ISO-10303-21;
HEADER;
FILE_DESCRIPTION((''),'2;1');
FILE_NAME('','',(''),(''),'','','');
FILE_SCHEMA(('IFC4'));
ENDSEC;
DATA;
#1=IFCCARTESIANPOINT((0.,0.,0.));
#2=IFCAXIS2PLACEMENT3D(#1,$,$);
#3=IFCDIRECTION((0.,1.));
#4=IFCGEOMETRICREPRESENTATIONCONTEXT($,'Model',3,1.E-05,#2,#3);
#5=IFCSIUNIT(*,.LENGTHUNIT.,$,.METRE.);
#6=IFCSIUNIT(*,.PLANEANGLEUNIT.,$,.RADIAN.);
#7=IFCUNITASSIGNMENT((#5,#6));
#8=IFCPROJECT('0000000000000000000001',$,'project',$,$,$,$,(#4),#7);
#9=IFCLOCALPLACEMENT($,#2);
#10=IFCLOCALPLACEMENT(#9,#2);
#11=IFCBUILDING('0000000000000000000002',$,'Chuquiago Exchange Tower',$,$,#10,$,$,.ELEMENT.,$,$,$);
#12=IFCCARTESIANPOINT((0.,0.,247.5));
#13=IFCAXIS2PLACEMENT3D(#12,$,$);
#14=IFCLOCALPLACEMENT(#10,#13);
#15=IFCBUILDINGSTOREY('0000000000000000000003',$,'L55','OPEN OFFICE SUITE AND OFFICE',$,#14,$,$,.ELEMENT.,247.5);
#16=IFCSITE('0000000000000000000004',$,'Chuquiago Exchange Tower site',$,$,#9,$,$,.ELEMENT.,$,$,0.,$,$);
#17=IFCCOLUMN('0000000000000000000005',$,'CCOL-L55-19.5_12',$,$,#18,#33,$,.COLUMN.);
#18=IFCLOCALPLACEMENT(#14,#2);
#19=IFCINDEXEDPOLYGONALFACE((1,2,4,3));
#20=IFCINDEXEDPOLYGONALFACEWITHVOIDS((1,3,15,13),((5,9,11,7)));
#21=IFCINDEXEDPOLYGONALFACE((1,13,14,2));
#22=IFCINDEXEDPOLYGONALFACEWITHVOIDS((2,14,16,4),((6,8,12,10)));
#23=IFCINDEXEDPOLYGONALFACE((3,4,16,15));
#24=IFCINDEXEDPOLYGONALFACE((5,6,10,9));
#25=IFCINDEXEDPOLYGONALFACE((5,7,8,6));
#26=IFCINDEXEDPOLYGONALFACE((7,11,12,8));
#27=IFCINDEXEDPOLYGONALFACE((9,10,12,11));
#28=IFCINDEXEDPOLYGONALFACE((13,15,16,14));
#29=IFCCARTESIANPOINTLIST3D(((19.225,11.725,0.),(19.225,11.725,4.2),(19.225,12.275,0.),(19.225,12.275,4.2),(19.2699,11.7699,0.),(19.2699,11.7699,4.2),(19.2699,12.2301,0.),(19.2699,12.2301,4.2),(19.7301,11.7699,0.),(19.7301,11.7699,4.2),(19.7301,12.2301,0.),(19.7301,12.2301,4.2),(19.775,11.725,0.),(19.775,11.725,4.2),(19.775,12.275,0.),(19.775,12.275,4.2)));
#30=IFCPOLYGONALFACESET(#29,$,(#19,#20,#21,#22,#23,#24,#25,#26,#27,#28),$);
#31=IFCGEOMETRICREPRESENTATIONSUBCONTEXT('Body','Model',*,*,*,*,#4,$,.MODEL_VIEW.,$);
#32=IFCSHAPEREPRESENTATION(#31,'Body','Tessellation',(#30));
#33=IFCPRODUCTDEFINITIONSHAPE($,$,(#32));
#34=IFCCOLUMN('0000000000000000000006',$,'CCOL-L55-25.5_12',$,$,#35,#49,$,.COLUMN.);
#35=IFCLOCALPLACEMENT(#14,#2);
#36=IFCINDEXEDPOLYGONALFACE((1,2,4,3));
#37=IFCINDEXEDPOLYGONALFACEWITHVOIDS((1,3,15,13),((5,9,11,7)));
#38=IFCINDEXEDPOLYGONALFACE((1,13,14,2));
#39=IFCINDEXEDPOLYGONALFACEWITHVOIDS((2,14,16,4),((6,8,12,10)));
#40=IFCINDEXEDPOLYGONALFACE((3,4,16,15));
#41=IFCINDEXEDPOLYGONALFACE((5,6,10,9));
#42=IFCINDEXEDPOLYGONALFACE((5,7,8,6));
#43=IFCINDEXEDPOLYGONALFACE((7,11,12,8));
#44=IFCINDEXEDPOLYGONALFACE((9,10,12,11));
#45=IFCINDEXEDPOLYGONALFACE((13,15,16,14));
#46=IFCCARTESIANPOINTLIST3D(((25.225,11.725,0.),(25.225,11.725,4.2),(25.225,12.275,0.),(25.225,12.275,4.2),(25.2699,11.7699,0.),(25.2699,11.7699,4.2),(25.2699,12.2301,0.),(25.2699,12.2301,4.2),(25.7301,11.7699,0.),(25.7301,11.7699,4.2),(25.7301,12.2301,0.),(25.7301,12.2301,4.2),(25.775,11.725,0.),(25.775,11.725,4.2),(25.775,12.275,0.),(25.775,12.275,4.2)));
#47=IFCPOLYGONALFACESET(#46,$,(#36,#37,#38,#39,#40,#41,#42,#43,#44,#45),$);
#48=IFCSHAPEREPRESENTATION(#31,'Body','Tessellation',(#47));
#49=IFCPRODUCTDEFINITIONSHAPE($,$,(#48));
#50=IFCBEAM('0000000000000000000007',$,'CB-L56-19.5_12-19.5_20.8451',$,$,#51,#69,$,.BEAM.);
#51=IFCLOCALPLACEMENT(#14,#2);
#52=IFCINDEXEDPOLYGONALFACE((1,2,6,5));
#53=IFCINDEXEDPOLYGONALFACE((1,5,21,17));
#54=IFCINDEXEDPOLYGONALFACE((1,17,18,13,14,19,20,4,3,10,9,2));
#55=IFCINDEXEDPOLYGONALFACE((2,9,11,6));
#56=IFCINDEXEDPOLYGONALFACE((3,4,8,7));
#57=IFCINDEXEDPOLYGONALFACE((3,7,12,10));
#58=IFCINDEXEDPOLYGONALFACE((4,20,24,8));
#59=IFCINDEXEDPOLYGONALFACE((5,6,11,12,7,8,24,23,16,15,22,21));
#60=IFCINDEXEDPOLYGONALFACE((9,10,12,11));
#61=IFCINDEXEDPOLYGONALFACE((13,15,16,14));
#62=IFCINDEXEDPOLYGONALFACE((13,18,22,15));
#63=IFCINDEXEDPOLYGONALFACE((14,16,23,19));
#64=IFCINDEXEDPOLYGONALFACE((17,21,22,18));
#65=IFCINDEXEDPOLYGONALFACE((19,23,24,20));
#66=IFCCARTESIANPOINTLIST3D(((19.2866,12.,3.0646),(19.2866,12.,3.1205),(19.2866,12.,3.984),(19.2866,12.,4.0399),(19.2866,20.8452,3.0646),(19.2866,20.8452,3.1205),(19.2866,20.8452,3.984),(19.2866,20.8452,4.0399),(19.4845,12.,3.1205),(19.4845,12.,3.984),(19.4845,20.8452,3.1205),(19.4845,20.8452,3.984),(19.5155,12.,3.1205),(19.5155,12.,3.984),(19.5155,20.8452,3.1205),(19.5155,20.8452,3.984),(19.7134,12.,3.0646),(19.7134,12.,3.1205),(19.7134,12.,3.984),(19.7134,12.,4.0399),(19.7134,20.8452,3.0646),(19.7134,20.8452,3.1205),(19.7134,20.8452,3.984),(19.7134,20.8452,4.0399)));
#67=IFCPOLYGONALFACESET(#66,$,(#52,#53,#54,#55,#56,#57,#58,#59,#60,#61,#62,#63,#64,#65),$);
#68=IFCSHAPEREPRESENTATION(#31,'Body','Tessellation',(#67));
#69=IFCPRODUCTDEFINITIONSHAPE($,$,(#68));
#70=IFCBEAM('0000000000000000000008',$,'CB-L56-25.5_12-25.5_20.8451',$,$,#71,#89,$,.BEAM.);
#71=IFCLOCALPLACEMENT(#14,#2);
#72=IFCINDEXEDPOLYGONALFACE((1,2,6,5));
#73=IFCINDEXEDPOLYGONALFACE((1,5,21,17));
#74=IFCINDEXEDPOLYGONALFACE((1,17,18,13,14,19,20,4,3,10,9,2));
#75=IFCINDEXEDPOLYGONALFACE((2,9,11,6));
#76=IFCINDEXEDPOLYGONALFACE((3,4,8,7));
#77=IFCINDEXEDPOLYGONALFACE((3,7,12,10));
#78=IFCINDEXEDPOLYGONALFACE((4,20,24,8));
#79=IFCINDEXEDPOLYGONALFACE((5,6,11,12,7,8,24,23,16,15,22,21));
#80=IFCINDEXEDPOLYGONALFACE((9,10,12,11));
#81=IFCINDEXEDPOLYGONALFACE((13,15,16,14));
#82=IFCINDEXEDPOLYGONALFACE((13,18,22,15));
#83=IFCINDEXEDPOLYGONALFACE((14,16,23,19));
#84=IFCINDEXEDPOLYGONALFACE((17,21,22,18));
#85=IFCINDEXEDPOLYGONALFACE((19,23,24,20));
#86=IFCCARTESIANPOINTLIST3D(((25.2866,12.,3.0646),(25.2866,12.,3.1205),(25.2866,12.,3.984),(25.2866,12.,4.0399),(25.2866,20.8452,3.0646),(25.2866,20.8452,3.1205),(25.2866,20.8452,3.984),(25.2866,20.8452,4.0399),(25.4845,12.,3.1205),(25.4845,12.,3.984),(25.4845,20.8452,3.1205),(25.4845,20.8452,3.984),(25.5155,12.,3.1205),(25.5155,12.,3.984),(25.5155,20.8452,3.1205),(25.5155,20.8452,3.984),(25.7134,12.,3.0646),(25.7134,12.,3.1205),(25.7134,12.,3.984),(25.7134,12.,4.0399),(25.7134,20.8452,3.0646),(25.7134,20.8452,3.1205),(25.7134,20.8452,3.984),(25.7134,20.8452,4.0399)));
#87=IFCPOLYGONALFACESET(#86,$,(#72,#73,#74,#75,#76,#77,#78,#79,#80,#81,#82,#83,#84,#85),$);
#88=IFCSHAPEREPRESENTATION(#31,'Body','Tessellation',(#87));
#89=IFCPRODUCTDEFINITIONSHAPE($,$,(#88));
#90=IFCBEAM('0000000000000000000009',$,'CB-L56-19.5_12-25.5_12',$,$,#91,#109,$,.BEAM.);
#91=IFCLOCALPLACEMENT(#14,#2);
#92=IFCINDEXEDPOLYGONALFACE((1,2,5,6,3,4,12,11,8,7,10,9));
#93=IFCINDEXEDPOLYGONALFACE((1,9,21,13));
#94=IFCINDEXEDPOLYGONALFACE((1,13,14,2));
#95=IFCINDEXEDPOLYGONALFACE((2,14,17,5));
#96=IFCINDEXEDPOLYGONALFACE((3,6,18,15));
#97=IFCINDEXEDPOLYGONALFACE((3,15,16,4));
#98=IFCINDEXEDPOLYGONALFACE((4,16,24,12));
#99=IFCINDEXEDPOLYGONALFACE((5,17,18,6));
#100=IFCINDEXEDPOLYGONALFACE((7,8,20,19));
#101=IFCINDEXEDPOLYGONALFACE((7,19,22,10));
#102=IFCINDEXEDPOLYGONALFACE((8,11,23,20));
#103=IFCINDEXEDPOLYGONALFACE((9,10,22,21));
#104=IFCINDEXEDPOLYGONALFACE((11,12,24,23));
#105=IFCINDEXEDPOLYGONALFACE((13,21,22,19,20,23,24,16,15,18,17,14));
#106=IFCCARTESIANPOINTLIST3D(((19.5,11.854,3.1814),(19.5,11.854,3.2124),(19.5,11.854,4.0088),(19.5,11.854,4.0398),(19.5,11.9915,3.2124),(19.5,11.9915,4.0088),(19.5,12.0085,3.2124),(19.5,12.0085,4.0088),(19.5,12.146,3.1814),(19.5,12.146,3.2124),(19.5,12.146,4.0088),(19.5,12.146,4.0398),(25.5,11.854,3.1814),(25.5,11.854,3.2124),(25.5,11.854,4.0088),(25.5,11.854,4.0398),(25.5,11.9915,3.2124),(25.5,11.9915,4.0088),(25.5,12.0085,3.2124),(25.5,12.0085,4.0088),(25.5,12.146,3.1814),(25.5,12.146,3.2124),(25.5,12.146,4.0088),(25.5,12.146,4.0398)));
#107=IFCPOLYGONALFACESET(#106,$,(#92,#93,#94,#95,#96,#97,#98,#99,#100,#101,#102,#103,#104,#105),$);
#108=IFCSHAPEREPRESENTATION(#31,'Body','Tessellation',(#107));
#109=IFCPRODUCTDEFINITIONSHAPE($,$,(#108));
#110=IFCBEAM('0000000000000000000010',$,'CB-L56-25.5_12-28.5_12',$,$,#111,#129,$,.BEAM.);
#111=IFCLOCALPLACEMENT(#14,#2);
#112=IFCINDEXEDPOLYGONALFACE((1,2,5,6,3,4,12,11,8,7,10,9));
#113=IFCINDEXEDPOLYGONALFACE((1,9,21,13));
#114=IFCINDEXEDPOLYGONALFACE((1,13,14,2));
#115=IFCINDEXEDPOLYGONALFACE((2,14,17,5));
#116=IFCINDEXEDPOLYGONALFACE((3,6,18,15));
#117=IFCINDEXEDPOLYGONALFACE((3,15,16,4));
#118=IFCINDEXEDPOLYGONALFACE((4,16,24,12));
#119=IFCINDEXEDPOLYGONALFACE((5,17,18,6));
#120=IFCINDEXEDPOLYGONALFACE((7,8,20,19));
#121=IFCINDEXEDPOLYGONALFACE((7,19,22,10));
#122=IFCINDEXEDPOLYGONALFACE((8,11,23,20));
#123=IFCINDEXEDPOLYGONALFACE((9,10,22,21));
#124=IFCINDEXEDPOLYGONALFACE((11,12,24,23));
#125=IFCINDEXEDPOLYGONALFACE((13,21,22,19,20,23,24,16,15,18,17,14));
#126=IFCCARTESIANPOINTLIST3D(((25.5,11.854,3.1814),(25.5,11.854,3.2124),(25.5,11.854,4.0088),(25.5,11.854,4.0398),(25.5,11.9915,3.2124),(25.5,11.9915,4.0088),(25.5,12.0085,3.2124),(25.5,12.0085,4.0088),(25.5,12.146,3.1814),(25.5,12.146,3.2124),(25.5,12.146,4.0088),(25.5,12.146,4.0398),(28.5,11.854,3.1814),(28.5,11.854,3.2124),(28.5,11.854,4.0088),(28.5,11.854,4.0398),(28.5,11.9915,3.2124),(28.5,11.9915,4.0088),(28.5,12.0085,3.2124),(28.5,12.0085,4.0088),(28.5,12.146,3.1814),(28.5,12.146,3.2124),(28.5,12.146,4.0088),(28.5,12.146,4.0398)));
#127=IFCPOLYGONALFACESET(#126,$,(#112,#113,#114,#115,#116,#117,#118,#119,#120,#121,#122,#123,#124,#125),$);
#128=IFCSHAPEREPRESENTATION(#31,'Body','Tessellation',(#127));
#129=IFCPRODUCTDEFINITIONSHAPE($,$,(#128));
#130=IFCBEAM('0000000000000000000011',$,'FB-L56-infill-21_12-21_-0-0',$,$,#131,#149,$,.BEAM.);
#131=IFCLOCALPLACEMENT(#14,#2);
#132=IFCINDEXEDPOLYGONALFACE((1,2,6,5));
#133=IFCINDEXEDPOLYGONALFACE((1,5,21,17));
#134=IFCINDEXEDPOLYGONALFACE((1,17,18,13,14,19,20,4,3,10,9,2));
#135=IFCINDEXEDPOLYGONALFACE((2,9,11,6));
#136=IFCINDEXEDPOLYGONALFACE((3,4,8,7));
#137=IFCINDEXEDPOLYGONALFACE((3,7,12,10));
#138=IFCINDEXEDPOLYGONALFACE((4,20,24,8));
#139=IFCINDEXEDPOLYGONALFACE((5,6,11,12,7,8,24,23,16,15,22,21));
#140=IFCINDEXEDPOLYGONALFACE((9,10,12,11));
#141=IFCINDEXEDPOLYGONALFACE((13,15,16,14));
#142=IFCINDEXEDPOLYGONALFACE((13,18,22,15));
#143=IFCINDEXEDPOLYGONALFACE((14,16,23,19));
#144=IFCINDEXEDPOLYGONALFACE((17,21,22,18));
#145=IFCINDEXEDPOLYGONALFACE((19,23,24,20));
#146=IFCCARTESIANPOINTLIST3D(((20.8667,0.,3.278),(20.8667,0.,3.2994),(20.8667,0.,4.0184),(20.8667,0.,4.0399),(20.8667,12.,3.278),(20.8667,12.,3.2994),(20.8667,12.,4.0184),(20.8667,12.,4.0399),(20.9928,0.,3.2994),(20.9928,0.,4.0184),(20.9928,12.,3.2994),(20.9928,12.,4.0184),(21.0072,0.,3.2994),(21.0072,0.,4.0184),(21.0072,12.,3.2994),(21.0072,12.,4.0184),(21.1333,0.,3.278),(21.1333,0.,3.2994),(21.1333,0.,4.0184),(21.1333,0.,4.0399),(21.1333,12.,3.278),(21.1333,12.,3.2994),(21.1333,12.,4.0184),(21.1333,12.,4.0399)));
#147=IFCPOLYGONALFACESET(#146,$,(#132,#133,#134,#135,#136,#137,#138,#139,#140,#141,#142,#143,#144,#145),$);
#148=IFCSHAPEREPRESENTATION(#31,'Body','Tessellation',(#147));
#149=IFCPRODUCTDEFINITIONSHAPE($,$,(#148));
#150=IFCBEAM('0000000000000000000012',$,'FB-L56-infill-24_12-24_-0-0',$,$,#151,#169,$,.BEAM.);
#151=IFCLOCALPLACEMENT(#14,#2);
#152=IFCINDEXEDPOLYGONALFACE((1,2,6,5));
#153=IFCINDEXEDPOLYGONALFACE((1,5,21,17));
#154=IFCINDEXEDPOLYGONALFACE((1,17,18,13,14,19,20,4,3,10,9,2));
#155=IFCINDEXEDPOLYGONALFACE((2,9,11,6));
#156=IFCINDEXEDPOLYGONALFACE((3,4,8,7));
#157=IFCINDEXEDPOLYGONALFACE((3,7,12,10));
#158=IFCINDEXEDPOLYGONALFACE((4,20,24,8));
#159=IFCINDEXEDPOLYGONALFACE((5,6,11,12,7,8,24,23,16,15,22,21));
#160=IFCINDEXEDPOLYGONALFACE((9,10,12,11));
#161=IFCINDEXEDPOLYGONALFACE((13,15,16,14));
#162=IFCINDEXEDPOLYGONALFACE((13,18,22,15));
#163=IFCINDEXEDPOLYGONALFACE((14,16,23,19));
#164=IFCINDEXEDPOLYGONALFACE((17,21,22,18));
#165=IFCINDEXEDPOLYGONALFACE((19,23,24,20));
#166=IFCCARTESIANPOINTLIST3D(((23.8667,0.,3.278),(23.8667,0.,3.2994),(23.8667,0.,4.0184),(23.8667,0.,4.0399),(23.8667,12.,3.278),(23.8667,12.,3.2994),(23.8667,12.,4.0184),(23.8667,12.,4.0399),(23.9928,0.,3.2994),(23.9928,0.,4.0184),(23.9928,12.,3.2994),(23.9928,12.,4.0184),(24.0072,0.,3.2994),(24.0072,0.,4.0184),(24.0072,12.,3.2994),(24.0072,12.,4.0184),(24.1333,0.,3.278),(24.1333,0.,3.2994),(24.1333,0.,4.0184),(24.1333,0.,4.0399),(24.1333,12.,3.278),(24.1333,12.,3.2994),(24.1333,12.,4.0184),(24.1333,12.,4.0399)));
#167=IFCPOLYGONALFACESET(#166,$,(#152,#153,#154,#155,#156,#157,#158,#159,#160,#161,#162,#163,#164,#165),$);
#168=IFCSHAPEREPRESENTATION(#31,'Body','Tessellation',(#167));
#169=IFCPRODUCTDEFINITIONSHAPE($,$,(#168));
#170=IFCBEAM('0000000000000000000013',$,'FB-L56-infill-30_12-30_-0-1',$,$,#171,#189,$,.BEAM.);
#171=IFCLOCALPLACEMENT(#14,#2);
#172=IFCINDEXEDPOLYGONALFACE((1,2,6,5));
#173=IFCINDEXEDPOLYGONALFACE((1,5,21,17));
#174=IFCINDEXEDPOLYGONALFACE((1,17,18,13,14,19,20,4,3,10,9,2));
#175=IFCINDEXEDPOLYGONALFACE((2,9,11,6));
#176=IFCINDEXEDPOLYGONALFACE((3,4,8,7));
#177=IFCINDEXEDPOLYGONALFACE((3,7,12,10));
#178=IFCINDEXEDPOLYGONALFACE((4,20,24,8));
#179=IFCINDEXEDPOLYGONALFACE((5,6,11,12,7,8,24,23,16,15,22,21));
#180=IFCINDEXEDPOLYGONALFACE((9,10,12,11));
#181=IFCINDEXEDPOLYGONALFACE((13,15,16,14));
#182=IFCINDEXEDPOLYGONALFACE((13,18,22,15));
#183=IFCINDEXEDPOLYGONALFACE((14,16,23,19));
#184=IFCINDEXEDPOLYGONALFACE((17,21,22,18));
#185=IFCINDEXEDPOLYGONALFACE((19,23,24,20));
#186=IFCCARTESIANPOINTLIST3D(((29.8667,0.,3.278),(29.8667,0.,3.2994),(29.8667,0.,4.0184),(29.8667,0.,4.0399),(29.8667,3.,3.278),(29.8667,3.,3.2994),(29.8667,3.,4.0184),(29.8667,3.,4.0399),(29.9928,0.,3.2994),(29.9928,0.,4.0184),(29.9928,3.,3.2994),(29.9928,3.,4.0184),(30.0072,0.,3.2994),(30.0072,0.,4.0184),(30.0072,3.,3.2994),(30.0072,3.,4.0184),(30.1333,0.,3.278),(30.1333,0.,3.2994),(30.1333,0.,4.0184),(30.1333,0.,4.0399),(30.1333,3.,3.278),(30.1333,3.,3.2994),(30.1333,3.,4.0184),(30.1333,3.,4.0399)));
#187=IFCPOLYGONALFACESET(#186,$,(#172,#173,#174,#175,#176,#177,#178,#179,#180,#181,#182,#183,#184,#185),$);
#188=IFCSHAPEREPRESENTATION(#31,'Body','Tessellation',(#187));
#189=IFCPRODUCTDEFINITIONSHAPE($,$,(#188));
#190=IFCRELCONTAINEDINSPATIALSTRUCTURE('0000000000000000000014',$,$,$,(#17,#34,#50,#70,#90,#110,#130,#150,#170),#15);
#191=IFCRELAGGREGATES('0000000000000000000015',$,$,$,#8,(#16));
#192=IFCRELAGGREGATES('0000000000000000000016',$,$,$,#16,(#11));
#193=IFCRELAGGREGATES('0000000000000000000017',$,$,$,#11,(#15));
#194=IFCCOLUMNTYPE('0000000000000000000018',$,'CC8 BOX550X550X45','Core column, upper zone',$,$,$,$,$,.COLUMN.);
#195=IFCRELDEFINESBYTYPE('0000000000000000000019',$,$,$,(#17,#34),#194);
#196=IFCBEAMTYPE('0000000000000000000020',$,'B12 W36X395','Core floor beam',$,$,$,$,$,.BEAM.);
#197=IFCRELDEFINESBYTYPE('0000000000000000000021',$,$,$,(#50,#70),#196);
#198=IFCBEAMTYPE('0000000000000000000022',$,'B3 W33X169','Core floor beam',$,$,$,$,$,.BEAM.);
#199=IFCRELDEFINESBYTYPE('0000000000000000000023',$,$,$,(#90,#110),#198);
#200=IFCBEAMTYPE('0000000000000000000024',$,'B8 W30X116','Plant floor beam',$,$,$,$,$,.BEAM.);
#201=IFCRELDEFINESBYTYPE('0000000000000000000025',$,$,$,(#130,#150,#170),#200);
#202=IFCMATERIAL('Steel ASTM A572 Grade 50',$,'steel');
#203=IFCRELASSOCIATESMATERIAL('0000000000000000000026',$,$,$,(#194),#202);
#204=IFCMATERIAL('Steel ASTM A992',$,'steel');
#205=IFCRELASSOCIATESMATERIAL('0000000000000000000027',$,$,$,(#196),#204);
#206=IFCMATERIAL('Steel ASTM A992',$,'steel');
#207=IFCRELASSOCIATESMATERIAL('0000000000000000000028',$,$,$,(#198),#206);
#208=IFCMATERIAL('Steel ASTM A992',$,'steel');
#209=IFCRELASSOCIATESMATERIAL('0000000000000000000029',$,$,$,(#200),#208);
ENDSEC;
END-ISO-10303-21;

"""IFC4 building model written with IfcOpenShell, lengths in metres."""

from ifc_helpers import new_model, si_unit, direction, frame, origin, origin_2d, place, context, subcontext, project, spatial, hollow_rectangle, i_section, extrude, material, material_profile, profile_set, type_object, element, save


model = new_model("IFC4")

# Units and contexts
model_context = context("Model", 3, precision=1e-05, world=origin(), true_north=direction((0.0, 1.0)))
body_context = subcontext(model_context, "Body", "Model", "MODEL_VIEW")
ifc_project = project(units=[si_unit("LENGTHUNIT", "METRE"), si_unit("PLANEANGLEUNIT", "RADIAN")], contexts=[model_context])

# Site, building, storey
site_placement = place(None, origin())
site = spatial("IfcSite", under=ifc_project, at=site_placement, Name="Chuquiago Exchange Tower site", CompositionType="ELEMENT", RefElevation=0.0)
building_placement = place(site_placement, origin())
building = spatial("IfcBuilding", under=site, at=building_placement, Name="Chuquiago Exchange Tower", CompositionType="ELEMENT")
storey_placement = place(building_placement, frame((0.0, 0.0, 247.5)))
storey = spatial("IfcBuildingStorey", under=building, at=storey_placement, Name="L55", Description="OPEN OFFICE SUITE AND OFFICE", CompositionType="ELEMENT", Elevation=247.5)

# Columns
ifc_material_1 = material(Name="Steel ASTM A572 Grade 50", Category="steel")
ifc_material_profile_1 = material_profile(ifc_material_1, hollow_rectangle(XDim=0.55, YDim=0.55, WallThickness=0.0449, at=origin_2d()), Name="BOX550X550X45")
ifc_profile_set_1 = profile_set([ifc_material_profile_1], Name="Steel ASTM A572 Grade 50")
column_type = type_object("IfcColumnType", Name="CC8 BOX550X550X45", Description="Core column, upper zone", PredefinedType="COLUMN", material=ifc_profile_set_1)
for number, where, z_axis, x_axis, name in (
    (1, (19.5, 12.0, 0.0), (0.0, 0.0, 1.0), (1.0, 0.0, 0.0), "CCOL-L55-19.5_12"),
    (2, (25.5, 12.0, 0.0), (0.0, 0.0, 1.0), (1.0, 0.0, 0.0), "CCOL-L55-25.5_12"),
):
    element("IfcColumn", number, at=place(storey_placement, frame(where, z_axis=z_axis, x_axis=x_axis)), inside=storey, type_object=column_type, Name=name, PredefinedType="COLUMN", context=body_context, shape_type="SweptSolid", body=[
        extrude(hollow_rectangle(XDim=0.55, YDim=0.55, WallThickness=0.0449, at=origin_2d()), origin(), (0.0, 0.0, 1.0), 4.2),
    ])

# Beams
ifc_material_2 = material(Name="Steel ASTM A992", Category="steel")
ifc_material_profile_2 = material_profile(ifc_material_2, i_section(OverallWidth=0.4268, OverallDepth=0.9753, WebThickness=0.031, FlangeThickness=0.0559, at=origin_2d()), Name="W36X395")
ifc_profile_set_2 = profile_set([ifc_material_profile_2], Name="Steel ASTM A992")
beam_type_1 = type_object("IfcBeamType", Name="B12 W36X395", Description="Core floor beam", PredefinedType="BEAM", material=ifc_profile_set_2)
for number, where, z_axis, x_axis, name in (
    (3, (19.5, 12.0, 3.5522), (0.0, 1.0, 0.0), (-1.0, 0.0, 0.0), "CB-L56-19.5_12-19.5_20.8451"),
    (4, (25.5, 12.0, 3.5522), (0.0, 1.0, 0.0), (-1.0, 0.0, 0.0), "CB-L56-25.5_12-25.5_20.8451"),
):
    element("IfcBeam", number, at=place(storey_placement, frame(where, z_axis=z_axis, x_axis=x_axis)), inside=storey, type_object=beam_type_1, Name=name, PredefinedType="BEAM", context=body_context, shape_type="SweptSolid", body=[
        extrude(i_section(OverallWidth=0.4268, OverallDepth=0.9753, WebThickness=0.031, FlangeThickness=0.0559, at=origin_2d()), origin(), (0.0, 0.0, 1.0), 8.8452),
    ])
ifc_material_3 = material(Name="Steel ASTM A992", Category="steel")
ifc_material_profile_3 = material_profile(ifc_material_3, i_section(OverallWidth=0.292, OverallDepth=0.8584, WebThickness=0.0171, FlangeThickness=0.031, at=origin_2d()), Name="W33X169")
ifc_profile_set_3 = profile_set([ifc_material_profile_3], Name="Steel ASTM A992")
beam_type_2 = type_object("IfcBeamType", Name="B3 W33X169", Description="Core floor beam", PredefinedType="BEAM", material=ifc_profile_set_3)
beam_1_placement = place(storey_placement, frame((19.5, 12.0, 3.6106), z_axis=(1.0, 0.0, 0.0), x_axis=(0.0, 1.0, 0.0)))
element("IfcBeam", 5, at=beam_1_placement, inside=storey, type_object=beam_type_2, Name="CB-L56-19.5_12-25.5_12", PredefinedType="BEAM", context=body_context, shape_type="SweptSolid", body=[
    extrude(i_section(OverallWidth=0.292, OverallDepth=0.8584, WebThickness=0.0171, FlangeThickness=0.031, at=origin_2d()), origin(), (0.0, 0.0, 1.0), 6.0),
])
beam_2_placement = place(storey_placement, frame((25.5, 12.0, 3.6106), z_axis=(1.0, 0.0, 0.0), x_axis=(0.0, 1.0, 0.0)))
element("IfcBeam", 6, at=beam_2_placement, inside=storey, type_object=beam_type_2, Name="CB-L56-25.5_12-28.5_12", PredefinedType="BEAM", context=body_context, shape_type="SweptSolid", body=[
    extrude(i_section(OverallWidth=0.292, OverallDepth=0.8584, WebThickness=0.0171, FlangeThickness=0.031, at=origin_2d()), origin(), (0.0, 0.0, 1.0), 3.0),
])
ifc_material_4 = material(Name="Steel ASTM A992", Category="steel")
ifc_material_profile_4 = material_profile(ifc_material_4, i_section(OverallWidth=0.2666, OverallDepth=0.762, WebThickness=0.0144, FlangeThickness=0.0215, at=origin_2d()), Name="W30X116")
ifc_profile_set_4 = profile_set([ifc_material_profile_4], Name="Steel ASTM A992")
beam_type_3 = type_object("IfcBeamType", Name="B8 W30X116", Description="Plant floor beam", PredefinedType="BEAM", material=ifc_profile_set_4)
for number, where, z_axis, x_axis, name in (
    (7, (21.0, 12.0, 3.6589), (0.0, -1.0, 0.0), (1.0, 0.0, 0.0), "FB-L56-infill-21_12-21_-0-0"),
    (8, (24.0, 12.0, 3.6589), (0.0, -1.0, 0.0), (1.0, 0.0, 0.0), "FB-L56-infill-24_12-24_-0-0"),
):
    element("IfcBeam", number, at=place(storey_placement, frame(where, z_axis=z_axis, x_axis=x_axis)), inside=storey, type_object=beam_type_3, Name=name, PredefinedType="BEAM", context=body_context, shape_type="SweptSolid", body=[
        extrude(i_section(OverallWidth=0.2666, OverallDepth=0.762, WebThickness=0.0144, FlangeThickness=0.0215, at=origin_2d()), origin(), (0.0, 0.0, 1.0), 12.0),
    ])
beam_3_placement = place(storey_placement, frame((30.0, 3.0, 3.6589), z_axis=(0.0, -1.0, 0.0), x_axis=(1.0, 0.0, 0.0)))
element("IfcBeam", 9, at=beam_3_placement, inside=storey, type_object=beam_type_3, Name="FB-L56-infill-30_12-30_-0-1", PredefinedType="BEAM", context=body_context, shape_type="SweptSolid", body=[
    extrude(i_section(OverallWidth=0.2666, OverallDepth=0.762, WebThickness=0.0144, FlangeThickness=0.0215, at=origin_2d()), origin(), (0.0, 0.0, 1.0), 3.0),
])

save(model, "model.ifc")
